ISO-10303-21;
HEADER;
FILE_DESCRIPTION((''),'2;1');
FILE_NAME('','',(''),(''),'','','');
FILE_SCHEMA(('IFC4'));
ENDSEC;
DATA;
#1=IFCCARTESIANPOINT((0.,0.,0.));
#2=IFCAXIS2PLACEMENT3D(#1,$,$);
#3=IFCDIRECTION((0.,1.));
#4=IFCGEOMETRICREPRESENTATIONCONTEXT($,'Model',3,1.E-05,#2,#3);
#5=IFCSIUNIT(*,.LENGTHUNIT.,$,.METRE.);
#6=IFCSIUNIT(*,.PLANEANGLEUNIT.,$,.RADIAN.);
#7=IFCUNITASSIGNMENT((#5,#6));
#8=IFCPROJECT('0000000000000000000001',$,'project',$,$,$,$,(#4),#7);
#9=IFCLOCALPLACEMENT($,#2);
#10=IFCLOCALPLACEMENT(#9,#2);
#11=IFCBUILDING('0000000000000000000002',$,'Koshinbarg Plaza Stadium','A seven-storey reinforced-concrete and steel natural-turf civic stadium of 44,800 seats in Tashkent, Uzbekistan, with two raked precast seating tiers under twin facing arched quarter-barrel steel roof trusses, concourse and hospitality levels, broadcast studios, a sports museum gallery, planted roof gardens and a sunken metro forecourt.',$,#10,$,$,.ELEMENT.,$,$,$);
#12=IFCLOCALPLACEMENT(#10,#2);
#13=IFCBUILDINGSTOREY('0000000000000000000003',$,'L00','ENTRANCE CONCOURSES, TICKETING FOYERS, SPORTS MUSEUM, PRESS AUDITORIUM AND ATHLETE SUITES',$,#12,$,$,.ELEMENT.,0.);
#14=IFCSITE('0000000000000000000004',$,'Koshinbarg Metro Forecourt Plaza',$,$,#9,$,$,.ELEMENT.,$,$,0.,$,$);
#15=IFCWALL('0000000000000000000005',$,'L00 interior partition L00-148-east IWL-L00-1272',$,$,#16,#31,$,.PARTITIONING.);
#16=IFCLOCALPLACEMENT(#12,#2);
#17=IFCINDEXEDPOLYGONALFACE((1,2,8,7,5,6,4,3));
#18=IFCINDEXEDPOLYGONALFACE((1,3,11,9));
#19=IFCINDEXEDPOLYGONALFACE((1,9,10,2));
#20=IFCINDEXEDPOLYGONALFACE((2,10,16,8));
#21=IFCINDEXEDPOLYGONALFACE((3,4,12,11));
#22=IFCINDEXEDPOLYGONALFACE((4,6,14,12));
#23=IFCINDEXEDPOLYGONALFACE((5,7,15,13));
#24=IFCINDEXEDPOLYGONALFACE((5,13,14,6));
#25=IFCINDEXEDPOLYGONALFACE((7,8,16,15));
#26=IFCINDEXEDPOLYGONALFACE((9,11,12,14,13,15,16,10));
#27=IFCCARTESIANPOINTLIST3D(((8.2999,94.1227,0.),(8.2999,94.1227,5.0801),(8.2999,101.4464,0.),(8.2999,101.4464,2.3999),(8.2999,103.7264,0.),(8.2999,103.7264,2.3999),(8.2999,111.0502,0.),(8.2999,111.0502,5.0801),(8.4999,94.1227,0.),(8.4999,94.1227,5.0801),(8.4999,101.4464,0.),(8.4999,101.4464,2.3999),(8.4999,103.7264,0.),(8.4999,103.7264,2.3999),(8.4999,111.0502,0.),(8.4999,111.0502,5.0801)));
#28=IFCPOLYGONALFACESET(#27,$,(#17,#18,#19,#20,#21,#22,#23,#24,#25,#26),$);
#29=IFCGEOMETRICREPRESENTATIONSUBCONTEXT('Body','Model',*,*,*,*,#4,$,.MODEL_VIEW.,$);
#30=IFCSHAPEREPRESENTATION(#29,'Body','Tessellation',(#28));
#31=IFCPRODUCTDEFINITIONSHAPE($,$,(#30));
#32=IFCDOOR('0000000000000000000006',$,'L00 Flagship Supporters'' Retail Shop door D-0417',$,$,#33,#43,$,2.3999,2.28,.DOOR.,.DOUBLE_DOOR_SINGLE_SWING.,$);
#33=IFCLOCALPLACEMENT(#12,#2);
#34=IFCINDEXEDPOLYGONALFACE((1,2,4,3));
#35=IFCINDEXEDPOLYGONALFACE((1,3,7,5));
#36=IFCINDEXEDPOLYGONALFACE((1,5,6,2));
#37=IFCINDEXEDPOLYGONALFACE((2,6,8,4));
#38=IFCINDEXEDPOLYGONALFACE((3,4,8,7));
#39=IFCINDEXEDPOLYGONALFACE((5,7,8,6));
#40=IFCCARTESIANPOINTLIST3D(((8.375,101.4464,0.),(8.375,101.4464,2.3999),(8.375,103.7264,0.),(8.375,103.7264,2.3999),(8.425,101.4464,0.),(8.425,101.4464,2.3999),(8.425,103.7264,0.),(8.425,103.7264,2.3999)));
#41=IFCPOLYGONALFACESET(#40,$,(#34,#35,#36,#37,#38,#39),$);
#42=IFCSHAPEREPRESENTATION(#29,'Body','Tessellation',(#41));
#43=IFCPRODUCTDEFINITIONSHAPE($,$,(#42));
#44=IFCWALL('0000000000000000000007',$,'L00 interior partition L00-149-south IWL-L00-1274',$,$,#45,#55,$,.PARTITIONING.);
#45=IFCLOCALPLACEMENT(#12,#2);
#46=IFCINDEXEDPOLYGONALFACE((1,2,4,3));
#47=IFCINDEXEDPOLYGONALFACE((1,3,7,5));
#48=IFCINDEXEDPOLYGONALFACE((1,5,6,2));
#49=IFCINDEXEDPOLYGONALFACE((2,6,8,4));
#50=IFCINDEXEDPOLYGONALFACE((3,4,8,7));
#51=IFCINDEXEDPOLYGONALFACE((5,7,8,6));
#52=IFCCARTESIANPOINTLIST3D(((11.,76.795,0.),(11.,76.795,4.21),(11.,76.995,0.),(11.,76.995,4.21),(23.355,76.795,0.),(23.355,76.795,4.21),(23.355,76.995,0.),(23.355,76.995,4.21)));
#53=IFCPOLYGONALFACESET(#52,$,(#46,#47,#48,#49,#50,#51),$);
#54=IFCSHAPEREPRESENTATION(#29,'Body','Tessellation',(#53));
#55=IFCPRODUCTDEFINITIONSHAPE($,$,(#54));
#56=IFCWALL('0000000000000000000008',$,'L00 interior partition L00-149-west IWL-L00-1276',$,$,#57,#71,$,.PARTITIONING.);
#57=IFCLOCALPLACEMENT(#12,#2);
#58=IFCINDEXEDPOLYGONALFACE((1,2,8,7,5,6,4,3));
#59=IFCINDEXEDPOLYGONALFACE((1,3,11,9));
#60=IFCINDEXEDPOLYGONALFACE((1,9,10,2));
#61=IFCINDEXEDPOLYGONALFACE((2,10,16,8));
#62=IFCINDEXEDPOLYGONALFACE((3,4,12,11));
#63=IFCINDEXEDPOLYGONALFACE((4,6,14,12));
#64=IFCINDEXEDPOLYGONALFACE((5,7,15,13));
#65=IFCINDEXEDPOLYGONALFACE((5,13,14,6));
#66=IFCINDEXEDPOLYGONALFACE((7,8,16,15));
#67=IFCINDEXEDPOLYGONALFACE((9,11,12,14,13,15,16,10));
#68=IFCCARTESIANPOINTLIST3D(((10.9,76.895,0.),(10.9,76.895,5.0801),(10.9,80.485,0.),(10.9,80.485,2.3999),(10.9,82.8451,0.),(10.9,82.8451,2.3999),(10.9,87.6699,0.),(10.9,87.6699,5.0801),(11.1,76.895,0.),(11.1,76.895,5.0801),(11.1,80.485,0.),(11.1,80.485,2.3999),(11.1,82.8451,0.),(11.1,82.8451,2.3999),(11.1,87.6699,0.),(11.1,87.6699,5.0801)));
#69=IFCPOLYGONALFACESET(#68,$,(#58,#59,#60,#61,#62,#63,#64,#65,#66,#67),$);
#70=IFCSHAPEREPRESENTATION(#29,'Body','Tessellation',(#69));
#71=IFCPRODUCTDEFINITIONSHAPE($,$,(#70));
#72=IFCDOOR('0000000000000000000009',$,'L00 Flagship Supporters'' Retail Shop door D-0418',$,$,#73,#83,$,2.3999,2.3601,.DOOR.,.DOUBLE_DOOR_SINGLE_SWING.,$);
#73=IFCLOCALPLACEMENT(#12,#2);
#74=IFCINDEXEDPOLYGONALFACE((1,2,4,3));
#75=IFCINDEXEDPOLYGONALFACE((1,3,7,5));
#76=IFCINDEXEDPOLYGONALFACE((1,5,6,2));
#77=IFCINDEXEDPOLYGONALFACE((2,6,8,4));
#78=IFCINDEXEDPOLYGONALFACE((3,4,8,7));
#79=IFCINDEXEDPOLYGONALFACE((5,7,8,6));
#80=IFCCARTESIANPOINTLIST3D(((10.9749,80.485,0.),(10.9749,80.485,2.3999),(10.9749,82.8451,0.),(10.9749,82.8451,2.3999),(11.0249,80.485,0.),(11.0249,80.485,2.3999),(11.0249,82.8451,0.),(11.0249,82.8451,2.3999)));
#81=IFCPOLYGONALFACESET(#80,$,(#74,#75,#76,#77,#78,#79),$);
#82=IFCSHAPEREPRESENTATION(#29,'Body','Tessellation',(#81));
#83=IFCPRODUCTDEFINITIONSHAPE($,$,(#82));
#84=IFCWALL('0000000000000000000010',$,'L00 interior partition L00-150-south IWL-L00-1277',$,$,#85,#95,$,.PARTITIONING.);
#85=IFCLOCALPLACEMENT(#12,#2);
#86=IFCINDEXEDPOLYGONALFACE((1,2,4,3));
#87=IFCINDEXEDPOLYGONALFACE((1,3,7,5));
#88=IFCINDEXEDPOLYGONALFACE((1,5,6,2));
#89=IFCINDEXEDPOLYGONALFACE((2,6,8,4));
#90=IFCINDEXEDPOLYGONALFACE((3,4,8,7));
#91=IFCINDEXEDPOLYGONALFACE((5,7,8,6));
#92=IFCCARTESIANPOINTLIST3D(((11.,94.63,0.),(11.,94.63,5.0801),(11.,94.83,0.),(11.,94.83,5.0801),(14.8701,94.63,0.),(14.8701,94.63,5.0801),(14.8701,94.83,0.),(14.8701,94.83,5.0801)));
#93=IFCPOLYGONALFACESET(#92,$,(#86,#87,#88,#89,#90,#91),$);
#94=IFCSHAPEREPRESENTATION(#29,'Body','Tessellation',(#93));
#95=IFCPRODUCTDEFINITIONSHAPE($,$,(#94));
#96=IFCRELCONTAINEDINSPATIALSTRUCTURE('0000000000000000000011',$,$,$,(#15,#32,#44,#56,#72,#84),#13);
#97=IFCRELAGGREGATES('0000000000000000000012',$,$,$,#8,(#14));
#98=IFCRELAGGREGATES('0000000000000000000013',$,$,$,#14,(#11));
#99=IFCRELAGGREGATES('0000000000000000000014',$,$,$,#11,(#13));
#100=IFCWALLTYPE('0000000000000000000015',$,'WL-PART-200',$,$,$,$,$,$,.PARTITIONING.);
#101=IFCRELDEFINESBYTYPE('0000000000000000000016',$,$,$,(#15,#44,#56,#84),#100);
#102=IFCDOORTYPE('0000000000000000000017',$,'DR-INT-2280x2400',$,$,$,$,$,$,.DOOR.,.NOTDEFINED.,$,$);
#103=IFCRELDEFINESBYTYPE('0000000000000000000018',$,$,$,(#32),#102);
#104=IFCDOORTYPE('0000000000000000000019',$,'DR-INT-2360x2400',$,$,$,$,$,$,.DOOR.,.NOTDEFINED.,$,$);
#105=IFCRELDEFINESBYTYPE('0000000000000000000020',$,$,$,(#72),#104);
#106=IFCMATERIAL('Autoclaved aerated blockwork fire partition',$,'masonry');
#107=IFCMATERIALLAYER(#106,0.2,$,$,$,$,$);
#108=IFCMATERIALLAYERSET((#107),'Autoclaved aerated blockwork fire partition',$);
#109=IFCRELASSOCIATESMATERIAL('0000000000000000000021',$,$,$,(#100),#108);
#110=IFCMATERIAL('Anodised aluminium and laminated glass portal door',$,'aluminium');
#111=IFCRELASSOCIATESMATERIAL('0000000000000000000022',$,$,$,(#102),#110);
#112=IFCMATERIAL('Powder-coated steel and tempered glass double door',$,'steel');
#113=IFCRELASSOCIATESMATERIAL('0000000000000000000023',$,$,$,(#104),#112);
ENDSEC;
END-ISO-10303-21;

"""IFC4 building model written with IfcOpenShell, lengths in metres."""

from ifc_helpers import new_model, si_unit, direction, frame, frame_2d, origin, place, context, subcontext, project, spatial, rectangle, extrude, material, layer, layer_set, type_object, element, fill, save


model = new_model("IFC4")

# Units and contexts
model_context = context("Model", 3, precision=1e-05, world=origin(), true_north=direction((0.0, 1.0)))
body_context = subcontext(model_context, "Body", "Model", "MODEL_VIEW")
ifc_project = project(units=[si_unit("LENGTHUNIT", "METRE"), si_unit("PLANEANGLEUNIT", "RADIAN")], contexts=[model_context])

# Site, building, storey
site_placement = place(None, origin())
site = spatial("IfcSite", under=ifc_project, at=site_placement, Name="Koshinbarg Metro Forecourt Plaza", CompositionType="ELEMENT", RefElevation=0.0)
building_placement = place(site_placement, origin())
building = spatial("IfcBuilding", under=site, at=building_placement, Name="Koshinbarg Plaza Stadium", Description="A seven-storey reinforced-concrete and steel natural-turf civic stadium of 44,800 seats in Tashkent, Uzbekistan, with two raked precast seating tiers under twin facing arched quarter-barrel steel roof trusses, concourse and hospitality levels, broadcast studios, a sports museum gallery, planted roof gardens and a sunken metro forecourt.", CompositionType="ELEMENT")
storey_placement = place(building_placement, origin())
storey = spatial("IfcBuildingStorey", under=building, at=storey_placement, Name="L00", Description="ENTRANCE CONCOURSES, TICKETING FOYERS, SPORTS MUSEUM, PRESS AUDITORIUM AND ATHLETE SUITES", CompositionType="ELEMENT", Elevation=0.0)

# Shared definitions
ifc_material_1 = material(Name="Autoclaved aerated blockwork fire partition", Category="masonry")
ifc_layer_1 = layer(ifc_material_1, 0.2)
ifc_layer_set_1 = layer_set([ifc_layer_1], Name="Autoclaved aerated blockwork fire partition")
wall_type_1 = type_object("IfcWallType", Name="WL-PART-200", PredefinedType="PARTITIONING", material=ifc_layer_set_1)

# Wall, opening, door
wall_1_placement = place(storey_placement, frame((8.3999, 94.1226, 0.0), z_axis=(0.0, 0.0, 1.0), x_axis=(0.0, 1.0, 0.0)))
wall_1 = element("IfcWall", 1, at=wall_1_placement, inside=storey, type_object=wall_type_1, Name="L00 interior partition L00-148-east IWL-L00-1272", PredefinedType="PARTITIONING", context=body_context, shape_type="SweptSolid", body=[
    extrude(rectangle(XDim=16.9275, YDim=0.2, at=frame_2d((8.4639, 0.0))), origin(), (0.0, 0.0, 1.0), 5.0801),
])
opening_1_placement = place(wall_1_placement, frame((7.3237, 0.0, 0.0)))
opening_1 = element("IfcOpeningElement", 2, at=opening_1_placement, cuts=wall_1, PredefinedType="OPENING", context=body_context, shape_type="SweptSolid", body=[
    extrude(rectangle(XDim=2.28, YDim=2.3999, at=frame_2d((1.1401, 1.2))), frame((0.0, 0.1099, 0.0), z_axis=(0.0, -1.0, 0.0), x_axis=(1.0, 0.0, 0.0)), (0.0, 0.0, 1.0), 0.22),
])
ifc_material_2 = material(Name="Anodised aluminium and laminated glass portal door", Category="aluminium")
door_type_1 = type_object("IfcDoorType", Name="DR-INT-2280x2400", OperationType="NOTDEFINED", PredefinedType="DOOR", material=ifc_material_2)
door_1_placement = place(opening_1_placement, origin())
door_1 = element("IfcDoor", 3, at=door_1_placement, inside=storey, type_object=door_type_1, Name="L00 Flagship Supporters' Retail Shop door D-0417", OperationType="DOUBLE_DOOR_SINGLE_SWING", OverallHeight=2.3999, OverallWidth=2.28, PredefinedType="DOOR", context=body_context, shape_type="SweptSolid", body=[
    extrude(rectangle(XDim=2.28, YDim=2.3999, at=frame_2d((1.1401, 1.2))), frame((0.0, 0.0249, 0.0), z_axis=(0.0, -1.0, 0.0), x_axis=(1.0, 0.0, 0.0)), (0.0, 0.0, 1.0), 0.05),
])
fill(opening_1, door_1)

# Wall
wall_2_placement = place(storey_placement, frame((11.0, 76.895, 0.0), z_axis=(0.0, 0.0, 1.0), x_axis=(1.0, 0.0, 0.0)))
element("IfcWall", 4, at=wall_2_placement, inside=storey, type_object=wall_type_1, Name="L00 interior partition L00-149-south IWL-L00-1274", PredefinedType="PARTITIONING", context=body_context, shape_type="SweptSolid", body=[
    extrude(rectangle(XDim=12.355, YDim=0.2, at=frame_2d((6.1775, 0.0))), origin(), (0.0, 0.0, 1.0), 4.21),
])

# Wall, opening, door
wall_3_placement = place(storey_placement, frame((11.0, 87.6699, 0.0), z_axis=(0.0, 0.0, 1.0), x_axis=(0.0, -1.0, 0.0)))
wall_3 = element("IfcWall", 5, at=wall_3_placement, inside=storey, type_object=wall_type_1, Name="L00 interior partition L00-149-west IWL-L00-1276", PredefinedType="PARTITIONING", context=body_context, shape_type="SweptSolid", body=[
    extrude(rectangle(XDim=10.7749, YDim=0.2, at=frame_2d((5.3875, 0.0))), origin(), (0.0, 0.0, 1.0), 5.0801),
])
opening_2_placement = place(wall_3_placement, frame((4.8247, 0.0, 0.0)))
opening_2 = element("IfcOpeningElement", 6, at=opening_2_placement, cuts=wall_3, PredefinedType="OPENING", context=body_context, shape_type="SweptSolid", body=[
    extrude(rectangle(XDim=2.3601, YDim=2.3999, at=frame_2d((1.1802, 1.2))), frame((0.0, 0.1099, 0.0), z_axis=(0.0, -1.0, 0.0), x_axis=(1.0, 0.0, 0.0)), (0.0, 0.0, 1.0), 0.22),
])
ifc_material_3 = material(Name="Powder-coated steel and tempered glass double door", Category="steel")
door_type_2 = type_object("IfcDoorType", Name="DR-INT-2360x2400", OperationType="NOTDEFINED", PredefinedType="DOOR", material=ifc_material_3)
door_2_placement = place(opening_2_placement, origin())
door_2 = element("IfcDoor", 7, at=door_2_placement, inside=storey, type_object=door_type_2, Name="L00 Flagship Supporters' Retail Shop door D-0418", OperationType="DOUBLE_DOOR_SINGLE_SWING", OverallHeight=2.3999, OverallWidth=2.3601, PredefinedType="DOOR", context=body_context, shape_type="SweptSolid", body=[
    extrude(rectangle(XDim=2.3601, YDim=2.3999, at=frame_2d((1.1802, 1.2))), frame((0.0, 0.0249, 0.0), z_axis=(0.0, -1.0, 0.0), x_axis=(1.0, 0.0, 0.0)), (0.0, 0.0, 1.0), 0.05),
])
fill(opening_2, door_2)

# Wall
wall_4_placement = place(storey_placement, frame((11.0, 94.73, 0.0), z_axis=(0.0, 0.0, 1.0), x_axis=(1.0, 0.0, 0.0)))
element("IfcWall", 8, at=wall_4_placement, inside=storey, type_object=wall_type_1, Name="L00 interior partition L00-150-south IWL-L00-1277", PredefinedType="PARTITIONING", context=body_context, shape_type="SweptSolid", body=[
    extrude(rectangle(XDim=3.8701, YDim=0.2, at=frame_2d((1.9351, 0.0))), origin(), (0.0, 0.0, 1.0), 5.0801),
])

save(model, "model.ifc")
